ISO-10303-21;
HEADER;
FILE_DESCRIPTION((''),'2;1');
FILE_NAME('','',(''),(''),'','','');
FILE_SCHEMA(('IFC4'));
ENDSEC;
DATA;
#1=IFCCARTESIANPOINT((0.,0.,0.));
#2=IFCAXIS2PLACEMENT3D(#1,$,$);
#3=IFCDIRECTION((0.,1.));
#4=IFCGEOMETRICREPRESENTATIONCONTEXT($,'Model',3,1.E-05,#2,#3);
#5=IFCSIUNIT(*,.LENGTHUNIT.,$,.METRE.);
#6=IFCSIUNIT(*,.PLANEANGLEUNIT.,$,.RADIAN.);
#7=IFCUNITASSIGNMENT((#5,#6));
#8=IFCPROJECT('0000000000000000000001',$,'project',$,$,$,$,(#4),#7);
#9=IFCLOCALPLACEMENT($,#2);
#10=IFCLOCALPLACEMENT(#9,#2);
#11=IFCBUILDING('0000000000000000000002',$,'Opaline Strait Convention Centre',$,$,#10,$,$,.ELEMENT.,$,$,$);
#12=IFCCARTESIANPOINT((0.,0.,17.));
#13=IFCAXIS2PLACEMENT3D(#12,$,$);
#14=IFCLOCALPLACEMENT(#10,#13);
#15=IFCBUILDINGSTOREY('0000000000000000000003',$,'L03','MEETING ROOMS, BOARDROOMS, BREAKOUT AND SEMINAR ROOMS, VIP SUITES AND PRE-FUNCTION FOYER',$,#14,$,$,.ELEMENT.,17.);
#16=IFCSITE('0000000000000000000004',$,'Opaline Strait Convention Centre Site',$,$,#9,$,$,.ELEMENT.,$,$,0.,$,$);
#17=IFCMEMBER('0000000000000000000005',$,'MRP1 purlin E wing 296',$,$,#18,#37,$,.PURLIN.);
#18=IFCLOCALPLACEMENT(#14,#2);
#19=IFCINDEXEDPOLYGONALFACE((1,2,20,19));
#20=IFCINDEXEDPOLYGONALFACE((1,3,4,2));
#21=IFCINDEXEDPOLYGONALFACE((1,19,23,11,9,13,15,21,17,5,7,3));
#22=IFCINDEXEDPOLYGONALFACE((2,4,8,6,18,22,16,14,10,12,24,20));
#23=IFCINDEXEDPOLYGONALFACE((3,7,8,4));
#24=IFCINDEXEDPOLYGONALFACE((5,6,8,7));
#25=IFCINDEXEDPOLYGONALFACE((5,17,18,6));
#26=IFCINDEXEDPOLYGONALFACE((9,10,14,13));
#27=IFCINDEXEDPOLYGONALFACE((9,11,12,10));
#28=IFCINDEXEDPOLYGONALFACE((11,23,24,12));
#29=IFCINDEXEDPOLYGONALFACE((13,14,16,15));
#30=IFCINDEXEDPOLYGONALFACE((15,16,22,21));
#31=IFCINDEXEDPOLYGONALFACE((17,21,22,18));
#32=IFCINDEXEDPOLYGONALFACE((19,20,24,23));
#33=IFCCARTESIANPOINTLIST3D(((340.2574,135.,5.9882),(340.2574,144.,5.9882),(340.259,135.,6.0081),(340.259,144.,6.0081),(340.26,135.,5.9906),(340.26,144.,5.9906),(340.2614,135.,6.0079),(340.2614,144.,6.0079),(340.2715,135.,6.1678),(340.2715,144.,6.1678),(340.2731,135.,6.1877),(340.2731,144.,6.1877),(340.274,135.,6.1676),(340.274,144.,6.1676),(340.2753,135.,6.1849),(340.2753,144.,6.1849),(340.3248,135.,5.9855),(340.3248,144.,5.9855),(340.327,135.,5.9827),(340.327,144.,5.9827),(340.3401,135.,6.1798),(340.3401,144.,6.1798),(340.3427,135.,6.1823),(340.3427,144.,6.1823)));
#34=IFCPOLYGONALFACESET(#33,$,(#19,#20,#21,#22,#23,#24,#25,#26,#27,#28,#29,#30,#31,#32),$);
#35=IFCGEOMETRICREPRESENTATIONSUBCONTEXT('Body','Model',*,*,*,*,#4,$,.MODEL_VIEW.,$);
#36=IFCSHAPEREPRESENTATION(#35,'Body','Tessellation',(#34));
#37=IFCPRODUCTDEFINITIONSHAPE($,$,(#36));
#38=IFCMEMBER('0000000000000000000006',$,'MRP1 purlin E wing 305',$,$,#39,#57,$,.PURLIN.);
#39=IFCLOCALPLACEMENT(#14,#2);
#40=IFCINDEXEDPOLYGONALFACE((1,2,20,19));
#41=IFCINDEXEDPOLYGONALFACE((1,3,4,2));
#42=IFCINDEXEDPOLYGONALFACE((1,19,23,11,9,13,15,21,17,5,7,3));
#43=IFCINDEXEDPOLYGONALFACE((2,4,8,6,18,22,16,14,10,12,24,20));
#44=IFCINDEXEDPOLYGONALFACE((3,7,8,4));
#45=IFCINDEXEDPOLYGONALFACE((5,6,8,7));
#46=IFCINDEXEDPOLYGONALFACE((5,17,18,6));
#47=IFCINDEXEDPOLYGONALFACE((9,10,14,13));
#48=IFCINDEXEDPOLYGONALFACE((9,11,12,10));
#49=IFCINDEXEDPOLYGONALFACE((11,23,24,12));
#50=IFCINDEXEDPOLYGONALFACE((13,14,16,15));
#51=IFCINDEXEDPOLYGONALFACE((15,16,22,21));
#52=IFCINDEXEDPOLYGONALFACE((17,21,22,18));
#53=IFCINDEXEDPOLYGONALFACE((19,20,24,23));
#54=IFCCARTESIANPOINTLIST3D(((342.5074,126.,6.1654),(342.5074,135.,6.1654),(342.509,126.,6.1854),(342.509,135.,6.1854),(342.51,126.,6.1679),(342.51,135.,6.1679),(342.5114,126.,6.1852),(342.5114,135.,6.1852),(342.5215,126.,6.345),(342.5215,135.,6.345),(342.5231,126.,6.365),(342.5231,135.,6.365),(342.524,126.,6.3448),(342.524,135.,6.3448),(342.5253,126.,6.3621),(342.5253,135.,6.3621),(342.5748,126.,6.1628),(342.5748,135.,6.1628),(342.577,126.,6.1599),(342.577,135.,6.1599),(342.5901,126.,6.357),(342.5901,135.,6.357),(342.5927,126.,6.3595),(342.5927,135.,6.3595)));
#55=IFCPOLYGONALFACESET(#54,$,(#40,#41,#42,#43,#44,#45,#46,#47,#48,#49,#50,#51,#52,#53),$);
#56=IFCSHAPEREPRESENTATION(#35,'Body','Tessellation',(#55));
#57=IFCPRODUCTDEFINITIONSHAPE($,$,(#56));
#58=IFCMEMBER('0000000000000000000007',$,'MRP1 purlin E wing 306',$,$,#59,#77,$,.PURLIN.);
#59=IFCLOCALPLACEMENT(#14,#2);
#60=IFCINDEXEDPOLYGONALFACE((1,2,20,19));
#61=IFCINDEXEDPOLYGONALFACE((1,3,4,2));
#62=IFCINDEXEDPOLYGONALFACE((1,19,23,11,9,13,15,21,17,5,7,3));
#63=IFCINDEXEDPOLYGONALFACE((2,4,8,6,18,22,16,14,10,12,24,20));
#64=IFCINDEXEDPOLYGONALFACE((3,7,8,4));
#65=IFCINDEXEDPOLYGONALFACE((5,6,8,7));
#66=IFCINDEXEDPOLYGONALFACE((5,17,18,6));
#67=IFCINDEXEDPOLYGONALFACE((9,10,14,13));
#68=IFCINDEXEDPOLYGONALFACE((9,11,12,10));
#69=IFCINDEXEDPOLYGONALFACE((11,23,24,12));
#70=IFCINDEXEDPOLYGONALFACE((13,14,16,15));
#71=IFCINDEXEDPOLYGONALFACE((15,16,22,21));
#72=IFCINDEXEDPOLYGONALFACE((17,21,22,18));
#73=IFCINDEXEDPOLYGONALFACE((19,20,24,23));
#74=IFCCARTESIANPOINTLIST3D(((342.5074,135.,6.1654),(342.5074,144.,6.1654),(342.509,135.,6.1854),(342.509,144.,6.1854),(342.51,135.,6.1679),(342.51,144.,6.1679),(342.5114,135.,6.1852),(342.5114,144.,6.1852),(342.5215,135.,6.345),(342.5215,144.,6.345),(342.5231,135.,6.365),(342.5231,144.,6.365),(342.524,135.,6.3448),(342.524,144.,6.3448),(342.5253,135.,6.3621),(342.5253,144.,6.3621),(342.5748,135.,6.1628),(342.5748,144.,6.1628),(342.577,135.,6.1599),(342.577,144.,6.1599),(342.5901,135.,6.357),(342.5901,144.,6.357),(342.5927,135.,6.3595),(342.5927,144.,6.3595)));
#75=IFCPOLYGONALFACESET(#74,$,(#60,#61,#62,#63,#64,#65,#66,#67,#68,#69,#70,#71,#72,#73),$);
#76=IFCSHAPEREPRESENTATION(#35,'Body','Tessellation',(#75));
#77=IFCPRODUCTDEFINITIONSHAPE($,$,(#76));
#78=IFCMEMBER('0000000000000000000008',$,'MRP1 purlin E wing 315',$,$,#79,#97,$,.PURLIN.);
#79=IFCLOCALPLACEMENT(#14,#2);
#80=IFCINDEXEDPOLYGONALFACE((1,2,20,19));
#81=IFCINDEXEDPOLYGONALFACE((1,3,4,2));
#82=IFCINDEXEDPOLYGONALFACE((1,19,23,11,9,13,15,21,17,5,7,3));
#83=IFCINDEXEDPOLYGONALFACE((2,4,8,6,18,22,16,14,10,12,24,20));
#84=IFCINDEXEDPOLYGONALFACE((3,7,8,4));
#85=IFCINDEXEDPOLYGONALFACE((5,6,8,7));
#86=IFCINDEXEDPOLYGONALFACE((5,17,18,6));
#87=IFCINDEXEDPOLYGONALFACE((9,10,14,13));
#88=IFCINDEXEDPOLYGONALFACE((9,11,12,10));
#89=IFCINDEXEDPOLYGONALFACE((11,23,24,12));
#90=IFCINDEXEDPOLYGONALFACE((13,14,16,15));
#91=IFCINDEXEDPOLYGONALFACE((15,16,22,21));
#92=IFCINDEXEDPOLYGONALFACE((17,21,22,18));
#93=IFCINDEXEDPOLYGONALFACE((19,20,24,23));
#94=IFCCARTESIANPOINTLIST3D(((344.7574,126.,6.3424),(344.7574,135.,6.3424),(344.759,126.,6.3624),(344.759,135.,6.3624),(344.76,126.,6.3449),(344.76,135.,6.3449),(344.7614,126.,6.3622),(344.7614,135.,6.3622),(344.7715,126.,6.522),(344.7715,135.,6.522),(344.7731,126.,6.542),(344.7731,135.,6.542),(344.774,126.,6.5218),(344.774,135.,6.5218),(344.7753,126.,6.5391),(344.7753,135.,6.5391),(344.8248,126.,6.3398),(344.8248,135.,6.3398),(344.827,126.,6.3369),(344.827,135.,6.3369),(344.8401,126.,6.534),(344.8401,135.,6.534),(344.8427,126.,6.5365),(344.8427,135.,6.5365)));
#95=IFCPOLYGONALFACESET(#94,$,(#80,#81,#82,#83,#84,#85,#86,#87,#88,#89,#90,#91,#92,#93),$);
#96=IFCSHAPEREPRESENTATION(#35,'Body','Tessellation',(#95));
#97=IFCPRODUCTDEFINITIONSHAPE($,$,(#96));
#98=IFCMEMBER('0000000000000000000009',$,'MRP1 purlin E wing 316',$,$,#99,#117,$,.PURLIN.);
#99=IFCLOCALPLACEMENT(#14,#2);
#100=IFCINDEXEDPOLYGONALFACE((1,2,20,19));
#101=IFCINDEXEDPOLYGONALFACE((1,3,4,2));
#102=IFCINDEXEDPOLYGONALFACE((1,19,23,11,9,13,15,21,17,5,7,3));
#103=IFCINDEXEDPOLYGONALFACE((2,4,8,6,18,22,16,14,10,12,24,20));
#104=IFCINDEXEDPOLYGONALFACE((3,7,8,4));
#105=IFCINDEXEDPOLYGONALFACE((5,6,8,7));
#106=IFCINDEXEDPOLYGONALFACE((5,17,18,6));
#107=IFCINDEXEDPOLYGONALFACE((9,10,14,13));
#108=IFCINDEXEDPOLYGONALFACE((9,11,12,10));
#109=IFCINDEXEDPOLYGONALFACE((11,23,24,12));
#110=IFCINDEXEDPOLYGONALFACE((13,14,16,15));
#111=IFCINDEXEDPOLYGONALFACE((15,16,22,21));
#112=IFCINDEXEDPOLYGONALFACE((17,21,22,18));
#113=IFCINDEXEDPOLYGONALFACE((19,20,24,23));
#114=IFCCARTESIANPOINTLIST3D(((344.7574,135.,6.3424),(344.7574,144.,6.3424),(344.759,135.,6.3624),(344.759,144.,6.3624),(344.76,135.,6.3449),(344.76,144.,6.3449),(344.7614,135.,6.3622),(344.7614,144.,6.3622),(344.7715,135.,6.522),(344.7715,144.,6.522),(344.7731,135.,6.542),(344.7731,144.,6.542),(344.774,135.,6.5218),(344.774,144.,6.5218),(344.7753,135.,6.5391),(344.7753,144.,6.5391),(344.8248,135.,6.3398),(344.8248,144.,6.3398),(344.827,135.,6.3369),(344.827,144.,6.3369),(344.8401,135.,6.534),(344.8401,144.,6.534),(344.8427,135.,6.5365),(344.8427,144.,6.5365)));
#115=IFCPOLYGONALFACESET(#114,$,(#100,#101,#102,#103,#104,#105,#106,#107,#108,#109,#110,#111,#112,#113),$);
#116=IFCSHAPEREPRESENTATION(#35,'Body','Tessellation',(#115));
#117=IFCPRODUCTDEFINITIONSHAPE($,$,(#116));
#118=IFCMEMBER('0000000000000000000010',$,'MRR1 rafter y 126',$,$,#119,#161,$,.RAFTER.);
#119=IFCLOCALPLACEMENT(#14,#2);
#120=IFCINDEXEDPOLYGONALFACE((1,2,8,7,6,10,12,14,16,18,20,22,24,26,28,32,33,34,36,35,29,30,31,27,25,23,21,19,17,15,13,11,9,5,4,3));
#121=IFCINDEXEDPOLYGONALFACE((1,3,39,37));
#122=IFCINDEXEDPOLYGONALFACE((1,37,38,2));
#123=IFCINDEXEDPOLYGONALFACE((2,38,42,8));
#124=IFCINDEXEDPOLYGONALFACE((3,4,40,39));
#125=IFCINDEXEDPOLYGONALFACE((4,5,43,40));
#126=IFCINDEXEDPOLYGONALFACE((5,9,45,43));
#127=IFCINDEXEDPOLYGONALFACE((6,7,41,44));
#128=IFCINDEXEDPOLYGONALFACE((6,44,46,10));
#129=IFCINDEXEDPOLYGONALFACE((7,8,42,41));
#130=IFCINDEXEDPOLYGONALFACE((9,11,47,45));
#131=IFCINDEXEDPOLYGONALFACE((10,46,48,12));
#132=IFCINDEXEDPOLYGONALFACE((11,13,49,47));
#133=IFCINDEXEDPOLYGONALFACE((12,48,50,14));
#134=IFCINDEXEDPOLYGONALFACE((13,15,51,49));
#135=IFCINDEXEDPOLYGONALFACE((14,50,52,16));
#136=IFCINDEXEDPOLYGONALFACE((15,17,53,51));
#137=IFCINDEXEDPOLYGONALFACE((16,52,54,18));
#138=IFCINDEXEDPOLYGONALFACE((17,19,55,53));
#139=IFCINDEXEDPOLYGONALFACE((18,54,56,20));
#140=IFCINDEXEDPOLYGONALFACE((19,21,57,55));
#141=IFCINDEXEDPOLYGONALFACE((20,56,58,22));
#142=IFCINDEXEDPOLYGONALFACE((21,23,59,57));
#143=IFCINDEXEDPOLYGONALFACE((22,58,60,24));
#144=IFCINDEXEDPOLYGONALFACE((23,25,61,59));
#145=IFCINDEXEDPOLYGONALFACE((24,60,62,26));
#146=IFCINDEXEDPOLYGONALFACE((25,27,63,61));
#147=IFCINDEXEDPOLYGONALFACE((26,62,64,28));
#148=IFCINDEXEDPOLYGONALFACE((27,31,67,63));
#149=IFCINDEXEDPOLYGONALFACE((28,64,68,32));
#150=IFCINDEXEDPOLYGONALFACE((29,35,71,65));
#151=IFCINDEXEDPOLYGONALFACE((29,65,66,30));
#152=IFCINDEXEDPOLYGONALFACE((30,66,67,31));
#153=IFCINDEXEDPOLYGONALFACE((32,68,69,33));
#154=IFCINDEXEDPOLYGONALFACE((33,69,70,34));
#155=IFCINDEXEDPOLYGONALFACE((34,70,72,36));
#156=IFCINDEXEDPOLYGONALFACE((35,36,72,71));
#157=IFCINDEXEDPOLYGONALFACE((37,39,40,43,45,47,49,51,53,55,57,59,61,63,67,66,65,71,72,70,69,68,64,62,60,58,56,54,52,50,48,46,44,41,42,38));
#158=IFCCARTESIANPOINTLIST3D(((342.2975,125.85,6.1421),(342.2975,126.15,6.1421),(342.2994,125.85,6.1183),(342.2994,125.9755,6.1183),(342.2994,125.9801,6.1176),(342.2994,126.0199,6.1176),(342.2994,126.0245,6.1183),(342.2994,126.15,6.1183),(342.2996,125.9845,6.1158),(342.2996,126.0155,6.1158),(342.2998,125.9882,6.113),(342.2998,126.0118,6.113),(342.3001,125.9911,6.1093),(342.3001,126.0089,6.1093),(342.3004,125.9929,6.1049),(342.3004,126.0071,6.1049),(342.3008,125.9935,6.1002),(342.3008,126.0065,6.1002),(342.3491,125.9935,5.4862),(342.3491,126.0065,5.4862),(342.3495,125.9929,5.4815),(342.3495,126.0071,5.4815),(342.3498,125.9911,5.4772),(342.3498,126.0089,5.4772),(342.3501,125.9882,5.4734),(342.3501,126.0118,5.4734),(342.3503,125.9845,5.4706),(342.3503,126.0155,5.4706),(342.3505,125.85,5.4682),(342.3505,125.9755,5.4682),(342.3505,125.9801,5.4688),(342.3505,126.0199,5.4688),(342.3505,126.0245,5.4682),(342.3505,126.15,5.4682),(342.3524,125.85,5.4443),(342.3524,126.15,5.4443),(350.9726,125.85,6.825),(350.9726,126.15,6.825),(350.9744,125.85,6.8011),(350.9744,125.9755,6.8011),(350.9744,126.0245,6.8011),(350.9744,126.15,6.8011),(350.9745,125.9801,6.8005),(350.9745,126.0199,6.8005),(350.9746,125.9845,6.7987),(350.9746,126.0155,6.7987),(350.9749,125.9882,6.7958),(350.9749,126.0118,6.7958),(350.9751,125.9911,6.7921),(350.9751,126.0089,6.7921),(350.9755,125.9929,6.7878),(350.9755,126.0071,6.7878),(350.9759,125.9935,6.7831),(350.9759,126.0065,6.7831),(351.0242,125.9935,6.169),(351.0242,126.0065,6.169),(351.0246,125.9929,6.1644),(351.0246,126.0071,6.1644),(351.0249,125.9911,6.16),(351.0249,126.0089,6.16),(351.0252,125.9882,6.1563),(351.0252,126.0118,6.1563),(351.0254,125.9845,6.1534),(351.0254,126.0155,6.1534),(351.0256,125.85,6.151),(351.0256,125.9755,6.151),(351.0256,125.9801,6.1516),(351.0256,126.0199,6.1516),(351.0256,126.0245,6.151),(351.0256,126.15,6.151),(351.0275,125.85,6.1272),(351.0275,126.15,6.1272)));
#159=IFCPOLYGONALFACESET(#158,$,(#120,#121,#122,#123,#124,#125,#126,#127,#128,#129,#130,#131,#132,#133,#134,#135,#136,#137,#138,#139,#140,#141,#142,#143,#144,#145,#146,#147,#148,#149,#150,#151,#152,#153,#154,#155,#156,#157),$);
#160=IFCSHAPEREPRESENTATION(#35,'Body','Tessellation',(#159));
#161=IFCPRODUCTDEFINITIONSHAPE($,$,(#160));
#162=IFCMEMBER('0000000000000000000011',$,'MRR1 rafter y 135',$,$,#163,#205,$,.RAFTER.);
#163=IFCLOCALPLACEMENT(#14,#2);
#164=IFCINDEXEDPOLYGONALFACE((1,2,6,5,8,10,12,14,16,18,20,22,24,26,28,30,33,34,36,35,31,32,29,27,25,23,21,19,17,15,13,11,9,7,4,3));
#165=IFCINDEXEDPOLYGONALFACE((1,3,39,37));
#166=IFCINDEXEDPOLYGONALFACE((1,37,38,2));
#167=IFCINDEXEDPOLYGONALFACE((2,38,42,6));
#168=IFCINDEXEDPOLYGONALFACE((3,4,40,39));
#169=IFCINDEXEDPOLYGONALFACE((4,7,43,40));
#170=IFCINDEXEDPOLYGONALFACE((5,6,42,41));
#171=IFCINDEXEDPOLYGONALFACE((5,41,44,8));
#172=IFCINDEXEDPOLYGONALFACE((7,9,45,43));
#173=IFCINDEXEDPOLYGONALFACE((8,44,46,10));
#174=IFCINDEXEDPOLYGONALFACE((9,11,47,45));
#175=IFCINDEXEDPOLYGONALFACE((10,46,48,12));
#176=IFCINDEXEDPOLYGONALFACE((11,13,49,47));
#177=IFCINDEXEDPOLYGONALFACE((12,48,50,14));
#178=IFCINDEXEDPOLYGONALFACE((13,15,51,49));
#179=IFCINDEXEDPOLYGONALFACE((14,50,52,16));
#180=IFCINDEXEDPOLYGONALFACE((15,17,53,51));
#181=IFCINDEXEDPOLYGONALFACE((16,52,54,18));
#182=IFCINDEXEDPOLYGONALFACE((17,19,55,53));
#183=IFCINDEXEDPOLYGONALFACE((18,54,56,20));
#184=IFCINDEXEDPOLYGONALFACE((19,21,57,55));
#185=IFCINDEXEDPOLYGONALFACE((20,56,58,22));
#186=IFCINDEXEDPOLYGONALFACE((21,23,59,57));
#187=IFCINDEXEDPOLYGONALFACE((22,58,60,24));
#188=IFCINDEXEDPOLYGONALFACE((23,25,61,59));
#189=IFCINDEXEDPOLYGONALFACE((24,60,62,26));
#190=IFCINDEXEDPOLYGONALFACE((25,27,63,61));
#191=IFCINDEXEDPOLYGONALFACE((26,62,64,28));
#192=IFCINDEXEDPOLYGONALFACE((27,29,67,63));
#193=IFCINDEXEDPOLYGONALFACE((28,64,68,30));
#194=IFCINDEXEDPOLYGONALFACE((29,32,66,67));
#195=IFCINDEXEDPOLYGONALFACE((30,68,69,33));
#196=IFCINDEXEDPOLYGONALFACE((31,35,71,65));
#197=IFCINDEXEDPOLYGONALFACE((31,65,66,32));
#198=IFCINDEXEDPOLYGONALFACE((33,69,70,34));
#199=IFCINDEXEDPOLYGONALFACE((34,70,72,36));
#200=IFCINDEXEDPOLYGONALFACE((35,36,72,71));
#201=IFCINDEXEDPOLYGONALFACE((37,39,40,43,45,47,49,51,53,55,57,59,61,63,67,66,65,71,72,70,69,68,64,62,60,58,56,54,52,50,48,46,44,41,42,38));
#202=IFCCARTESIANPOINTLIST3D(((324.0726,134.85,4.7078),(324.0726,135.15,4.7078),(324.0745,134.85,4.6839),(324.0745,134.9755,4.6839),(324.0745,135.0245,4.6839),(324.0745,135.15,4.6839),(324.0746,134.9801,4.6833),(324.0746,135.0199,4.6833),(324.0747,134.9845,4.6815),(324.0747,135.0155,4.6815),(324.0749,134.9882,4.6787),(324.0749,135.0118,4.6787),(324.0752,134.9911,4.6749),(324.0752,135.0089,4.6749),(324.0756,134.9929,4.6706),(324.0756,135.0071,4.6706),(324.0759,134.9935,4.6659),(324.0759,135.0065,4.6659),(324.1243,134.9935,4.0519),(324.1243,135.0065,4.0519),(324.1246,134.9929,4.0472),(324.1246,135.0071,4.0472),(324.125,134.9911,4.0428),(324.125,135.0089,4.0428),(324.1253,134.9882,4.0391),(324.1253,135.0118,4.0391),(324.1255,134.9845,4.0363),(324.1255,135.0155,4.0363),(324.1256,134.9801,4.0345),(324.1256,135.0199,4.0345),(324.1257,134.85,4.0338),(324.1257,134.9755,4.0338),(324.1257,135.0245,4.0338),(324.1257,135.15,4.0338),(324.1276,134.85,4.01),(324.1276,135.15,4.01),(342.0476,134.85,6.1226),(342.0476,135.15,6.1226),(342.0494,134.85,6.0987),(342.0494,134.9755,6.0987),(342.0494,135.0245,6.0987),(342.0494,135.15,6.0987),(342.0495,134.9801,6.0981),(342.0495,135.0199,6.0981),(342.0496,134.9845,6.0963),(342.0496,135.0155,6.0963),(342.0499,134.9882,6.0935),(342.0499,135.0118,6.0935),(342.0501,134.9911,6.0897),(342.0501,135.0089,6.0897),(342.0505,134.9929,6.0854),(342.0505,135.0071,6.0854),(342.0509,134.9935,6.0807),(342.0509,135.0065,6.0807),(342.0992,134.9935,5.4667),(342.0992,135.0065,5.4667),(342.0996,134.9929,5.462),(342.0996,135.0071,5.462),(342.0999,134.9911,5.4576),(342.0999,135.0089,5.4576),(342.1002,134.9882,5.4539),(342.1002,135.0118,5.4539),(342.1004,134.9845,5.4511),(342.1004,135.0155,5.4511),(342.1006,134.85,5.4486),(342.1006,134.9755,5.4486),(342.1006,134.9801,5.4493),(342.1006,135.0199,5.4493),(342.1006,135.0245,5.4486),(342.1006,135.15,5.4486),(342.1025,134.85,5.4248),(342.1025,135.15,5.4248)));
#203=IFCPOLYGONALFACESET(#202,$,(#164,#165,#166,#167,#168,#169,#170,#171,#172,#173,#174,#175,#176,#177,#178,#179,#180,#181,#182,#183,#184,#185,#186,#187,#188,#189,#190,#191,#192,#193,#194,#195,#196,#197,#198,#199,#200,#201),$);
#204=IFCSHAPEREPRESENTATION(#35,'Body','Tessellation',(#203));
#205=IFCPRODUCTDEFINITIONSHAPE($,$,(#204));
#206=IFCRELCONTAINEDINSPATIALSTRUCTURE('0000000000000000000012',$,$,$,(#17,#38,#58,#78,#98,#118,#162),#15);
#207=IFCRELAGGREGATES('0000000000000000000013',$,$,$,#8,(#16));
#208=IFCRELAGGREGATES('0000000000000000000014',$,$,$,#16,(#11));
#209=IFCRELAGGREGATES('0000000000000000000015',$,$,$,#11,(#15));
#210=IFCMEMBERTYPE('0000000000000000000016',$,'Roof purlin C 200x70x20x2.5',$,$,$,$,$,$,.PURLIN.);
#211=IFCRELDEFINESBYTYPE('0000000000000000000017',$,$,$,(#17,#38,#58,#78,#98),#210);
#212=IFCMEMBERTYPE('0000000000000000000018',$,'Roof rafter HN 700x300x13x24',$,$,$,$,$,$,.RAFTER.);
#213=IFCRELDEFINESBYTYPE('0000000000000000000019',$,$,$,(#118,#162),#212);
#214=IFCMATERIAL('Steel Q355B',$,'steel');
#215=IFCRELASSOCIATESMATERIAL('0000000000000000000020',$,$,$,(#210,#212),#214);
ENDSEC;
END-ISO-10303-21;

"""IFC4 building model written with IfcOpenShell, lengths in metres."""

from ifc_helpers import new_model, si_unit, direction, frame, origin, origin_2d, place, context, subcontext, project, spatial, polyline, i_section, outline, extrude, material, material_profile, profile_set, type_object, element, save


model = new_model("IFC4")

# Units and contexts
model_context = context("Model", 3, precision=1e-05, world=origin(), true_north=direction((0.0, 1.0)))
body_context = subcontext(model_context, "Body", "Model", "MODEL_VIEW")
ifc_project = project(units=[si_unit("LENGTHUNIT", "METRE"), si_unit("PLANEANGLEUNIT", "RADIAN")], contexts=[model_context])

# Site, building, storey
site_placement = place(None, origin())
site = spatial("IfcSite", under=ifc_project, at=site_placement, Name="Opaline Strait Convention Centre Site", CompositionType="ELEMENT", RefElevation=0.0)
building_placement = place(site_placement, origin())
building = spatial("IfcBuilding", under=site, at=building_placement, Name="Opaline Strait Convention Centre", CompositionType="ELEMENT")
storey_placement = place(building_placement, frame((0.0, 0.0, 17.0)))
storey = spatial("IfcBuildingStorey", under=building, at=storey_placement, Name="L03", Description="MEETING ROOMS, BOARDROOMS, BREAKOUT AND SEMINAR ROOMS, VIP SUITES AND PRE-FUNCTION FOYER", CompositionType="ELEMENT", Elevation=17.0)

# Members
ifc_material_1 = material(Name="Steel Q355B", Category="steel")
ifc_material_profile_1 = material_profile(ifc_material_1, outline(polyline([(-0.0349, -0.1001), (0.0349, -0.1001), (0.0349, -0.0801), (0.0325, -0.0801), (0.0325, -0.0974), (-0.0325, -0.0974), (-0.0325, 0.0974), (0.0325, 0.0974), (0.0325, 0.0801), (0.0349, 0.0801), (0.0349, 0.1001), (-0.0349, 0.1001), (-0.0349, -0.1001)])), Name="C 200x70x20x2.5")
ifc_profile_set_1 = profile_set([ifc_material_profile_1], Name="Steel Q355B")
member_type_1 = type_object("IfcMemberType", Name="Roof purlin C 200x70x20x2.5", PredefinedType="PURLIN", material=ifc_profile_set_1)
for number, where, z_axis, x_axis, name in (
    (1, (340.3, 135.0, 6.0852), (0.0, 1.0, 0.0), (-0.996917, 0.0, 0.078459), "MRP1 purlin E wing 296"),
    (2, (342.55, 126.0, 6.2625), (0.0, 1.0, 0.0), (-0.996917, 0.0, 0.078459), "MRP1 purlin E wing 305"),
    (3, (342.55, 135.0, 6.2625), (0.0, 1.0, 0.0), (-0.996917, 0.0, 0.078459), "MRP1 purlin E wing 306"),
    (4, (344.8, 126.0, 6.4395), (0.0, 1.0, 0.0), (-0.996917, 0.0, 0.078459), "MRP1 purlin E wing 315"),
    (5, (344.8, 135.0, 6.4395), (0.0, 1.0, 0.0), (-0.996917, 0.0, 0.078459), "MRP1 purlin E wing 316"),
):
    element("IfcMember", number, at=place(storey_placement, frame(where, z_axis=z_axis, x_axis=x_axis)), inside=storey, type_object=member_type_1, Name=name, PredefinedType="PURLIN", context=body_context, shape_type="SweptSolid", body=[
        extrude(outline(polyline([(-0.0349, -0.1001), (0.0349, -0.1001), (0.0349, -0.0801), (0.0325, -0.0801), (0.0325, -0.0974), (-0.0325, -0.0974), (-0.0325, 0.0974), (0.0325, 0.0974), (0.0325, 0.0801), (0.0349, 0.0801), (0.0349, 0.1001), (-0.0349, 0.1001), (-0.0349, -0.1001)])), origin(), (0.0, 0.0, 1.0), 9.0),
    ])
ifc_material_profile_2 = material_profile(ifc_material_1, i_section(OverallWidth=0.3, OverallDepth=0.7, WebThickness=0.0129, FlangeThickness=0.0239, FilletRadius=0.0181, at=origin_2d()), Name="HN 700x300x13x24")
ifc_profile_set_2 = profile_set([ifc_material_profile_2], Name="Steel Q355B")
member_type_2 = type_object("IfcMemberType", Name="Roof rafter HN 700x300x13x24", PredefinedType="RAFTER", material=ifc_profile_set_2)
member_1_placement = place(storey_placement, frame((342.325, 126.0, 5.7932), z_axis=(0.996916, 0.0, 0.078473), x_axis=(0.0, 1.0, 0.0)))
element("IfcMember", 6, at=member_1_placement, inside=storey, type_object=member_type_2, Name="MRR1 rafter y 126", PredefinedType="RAFTER", context=body_context, shape_type="SweptSolid", body=[
    extrude(i_section(OverallWidth=0.3, OverallDepth=0.7, WebThickness=0.0129, FlangeThickness=0.0239, FilletRadius=0.0181, at=origin_2d()), origin(), (0.0, 0.0, 1.0), 8.7019),
])
member_2_placement = place(storey_placement, frame((324.1001, 135.0, 4.3589), z_axis=(0.996917, 0.0, 0.078467), x_axis=(0.0, 1.0, 0.0)))
element("IfcMember", 7, at=member_2_placement, inside=storey, type_object=member_type_2, Name="MRR1 rafter y 135", PredefinedType="RAFTER", context=body_context, shape_type="SweptSolid", body=[
    extrude(i_section(OverallWidth=0.3, OverallDepth=0.7, WebThickness=0.0129, FlangeThickness=0.0239, FilletRadius=0.0181, at=origin_2d()), origin(), (0.0, 0.0, 1.0), 18.0305),
])

save(model, "model.ifc")
